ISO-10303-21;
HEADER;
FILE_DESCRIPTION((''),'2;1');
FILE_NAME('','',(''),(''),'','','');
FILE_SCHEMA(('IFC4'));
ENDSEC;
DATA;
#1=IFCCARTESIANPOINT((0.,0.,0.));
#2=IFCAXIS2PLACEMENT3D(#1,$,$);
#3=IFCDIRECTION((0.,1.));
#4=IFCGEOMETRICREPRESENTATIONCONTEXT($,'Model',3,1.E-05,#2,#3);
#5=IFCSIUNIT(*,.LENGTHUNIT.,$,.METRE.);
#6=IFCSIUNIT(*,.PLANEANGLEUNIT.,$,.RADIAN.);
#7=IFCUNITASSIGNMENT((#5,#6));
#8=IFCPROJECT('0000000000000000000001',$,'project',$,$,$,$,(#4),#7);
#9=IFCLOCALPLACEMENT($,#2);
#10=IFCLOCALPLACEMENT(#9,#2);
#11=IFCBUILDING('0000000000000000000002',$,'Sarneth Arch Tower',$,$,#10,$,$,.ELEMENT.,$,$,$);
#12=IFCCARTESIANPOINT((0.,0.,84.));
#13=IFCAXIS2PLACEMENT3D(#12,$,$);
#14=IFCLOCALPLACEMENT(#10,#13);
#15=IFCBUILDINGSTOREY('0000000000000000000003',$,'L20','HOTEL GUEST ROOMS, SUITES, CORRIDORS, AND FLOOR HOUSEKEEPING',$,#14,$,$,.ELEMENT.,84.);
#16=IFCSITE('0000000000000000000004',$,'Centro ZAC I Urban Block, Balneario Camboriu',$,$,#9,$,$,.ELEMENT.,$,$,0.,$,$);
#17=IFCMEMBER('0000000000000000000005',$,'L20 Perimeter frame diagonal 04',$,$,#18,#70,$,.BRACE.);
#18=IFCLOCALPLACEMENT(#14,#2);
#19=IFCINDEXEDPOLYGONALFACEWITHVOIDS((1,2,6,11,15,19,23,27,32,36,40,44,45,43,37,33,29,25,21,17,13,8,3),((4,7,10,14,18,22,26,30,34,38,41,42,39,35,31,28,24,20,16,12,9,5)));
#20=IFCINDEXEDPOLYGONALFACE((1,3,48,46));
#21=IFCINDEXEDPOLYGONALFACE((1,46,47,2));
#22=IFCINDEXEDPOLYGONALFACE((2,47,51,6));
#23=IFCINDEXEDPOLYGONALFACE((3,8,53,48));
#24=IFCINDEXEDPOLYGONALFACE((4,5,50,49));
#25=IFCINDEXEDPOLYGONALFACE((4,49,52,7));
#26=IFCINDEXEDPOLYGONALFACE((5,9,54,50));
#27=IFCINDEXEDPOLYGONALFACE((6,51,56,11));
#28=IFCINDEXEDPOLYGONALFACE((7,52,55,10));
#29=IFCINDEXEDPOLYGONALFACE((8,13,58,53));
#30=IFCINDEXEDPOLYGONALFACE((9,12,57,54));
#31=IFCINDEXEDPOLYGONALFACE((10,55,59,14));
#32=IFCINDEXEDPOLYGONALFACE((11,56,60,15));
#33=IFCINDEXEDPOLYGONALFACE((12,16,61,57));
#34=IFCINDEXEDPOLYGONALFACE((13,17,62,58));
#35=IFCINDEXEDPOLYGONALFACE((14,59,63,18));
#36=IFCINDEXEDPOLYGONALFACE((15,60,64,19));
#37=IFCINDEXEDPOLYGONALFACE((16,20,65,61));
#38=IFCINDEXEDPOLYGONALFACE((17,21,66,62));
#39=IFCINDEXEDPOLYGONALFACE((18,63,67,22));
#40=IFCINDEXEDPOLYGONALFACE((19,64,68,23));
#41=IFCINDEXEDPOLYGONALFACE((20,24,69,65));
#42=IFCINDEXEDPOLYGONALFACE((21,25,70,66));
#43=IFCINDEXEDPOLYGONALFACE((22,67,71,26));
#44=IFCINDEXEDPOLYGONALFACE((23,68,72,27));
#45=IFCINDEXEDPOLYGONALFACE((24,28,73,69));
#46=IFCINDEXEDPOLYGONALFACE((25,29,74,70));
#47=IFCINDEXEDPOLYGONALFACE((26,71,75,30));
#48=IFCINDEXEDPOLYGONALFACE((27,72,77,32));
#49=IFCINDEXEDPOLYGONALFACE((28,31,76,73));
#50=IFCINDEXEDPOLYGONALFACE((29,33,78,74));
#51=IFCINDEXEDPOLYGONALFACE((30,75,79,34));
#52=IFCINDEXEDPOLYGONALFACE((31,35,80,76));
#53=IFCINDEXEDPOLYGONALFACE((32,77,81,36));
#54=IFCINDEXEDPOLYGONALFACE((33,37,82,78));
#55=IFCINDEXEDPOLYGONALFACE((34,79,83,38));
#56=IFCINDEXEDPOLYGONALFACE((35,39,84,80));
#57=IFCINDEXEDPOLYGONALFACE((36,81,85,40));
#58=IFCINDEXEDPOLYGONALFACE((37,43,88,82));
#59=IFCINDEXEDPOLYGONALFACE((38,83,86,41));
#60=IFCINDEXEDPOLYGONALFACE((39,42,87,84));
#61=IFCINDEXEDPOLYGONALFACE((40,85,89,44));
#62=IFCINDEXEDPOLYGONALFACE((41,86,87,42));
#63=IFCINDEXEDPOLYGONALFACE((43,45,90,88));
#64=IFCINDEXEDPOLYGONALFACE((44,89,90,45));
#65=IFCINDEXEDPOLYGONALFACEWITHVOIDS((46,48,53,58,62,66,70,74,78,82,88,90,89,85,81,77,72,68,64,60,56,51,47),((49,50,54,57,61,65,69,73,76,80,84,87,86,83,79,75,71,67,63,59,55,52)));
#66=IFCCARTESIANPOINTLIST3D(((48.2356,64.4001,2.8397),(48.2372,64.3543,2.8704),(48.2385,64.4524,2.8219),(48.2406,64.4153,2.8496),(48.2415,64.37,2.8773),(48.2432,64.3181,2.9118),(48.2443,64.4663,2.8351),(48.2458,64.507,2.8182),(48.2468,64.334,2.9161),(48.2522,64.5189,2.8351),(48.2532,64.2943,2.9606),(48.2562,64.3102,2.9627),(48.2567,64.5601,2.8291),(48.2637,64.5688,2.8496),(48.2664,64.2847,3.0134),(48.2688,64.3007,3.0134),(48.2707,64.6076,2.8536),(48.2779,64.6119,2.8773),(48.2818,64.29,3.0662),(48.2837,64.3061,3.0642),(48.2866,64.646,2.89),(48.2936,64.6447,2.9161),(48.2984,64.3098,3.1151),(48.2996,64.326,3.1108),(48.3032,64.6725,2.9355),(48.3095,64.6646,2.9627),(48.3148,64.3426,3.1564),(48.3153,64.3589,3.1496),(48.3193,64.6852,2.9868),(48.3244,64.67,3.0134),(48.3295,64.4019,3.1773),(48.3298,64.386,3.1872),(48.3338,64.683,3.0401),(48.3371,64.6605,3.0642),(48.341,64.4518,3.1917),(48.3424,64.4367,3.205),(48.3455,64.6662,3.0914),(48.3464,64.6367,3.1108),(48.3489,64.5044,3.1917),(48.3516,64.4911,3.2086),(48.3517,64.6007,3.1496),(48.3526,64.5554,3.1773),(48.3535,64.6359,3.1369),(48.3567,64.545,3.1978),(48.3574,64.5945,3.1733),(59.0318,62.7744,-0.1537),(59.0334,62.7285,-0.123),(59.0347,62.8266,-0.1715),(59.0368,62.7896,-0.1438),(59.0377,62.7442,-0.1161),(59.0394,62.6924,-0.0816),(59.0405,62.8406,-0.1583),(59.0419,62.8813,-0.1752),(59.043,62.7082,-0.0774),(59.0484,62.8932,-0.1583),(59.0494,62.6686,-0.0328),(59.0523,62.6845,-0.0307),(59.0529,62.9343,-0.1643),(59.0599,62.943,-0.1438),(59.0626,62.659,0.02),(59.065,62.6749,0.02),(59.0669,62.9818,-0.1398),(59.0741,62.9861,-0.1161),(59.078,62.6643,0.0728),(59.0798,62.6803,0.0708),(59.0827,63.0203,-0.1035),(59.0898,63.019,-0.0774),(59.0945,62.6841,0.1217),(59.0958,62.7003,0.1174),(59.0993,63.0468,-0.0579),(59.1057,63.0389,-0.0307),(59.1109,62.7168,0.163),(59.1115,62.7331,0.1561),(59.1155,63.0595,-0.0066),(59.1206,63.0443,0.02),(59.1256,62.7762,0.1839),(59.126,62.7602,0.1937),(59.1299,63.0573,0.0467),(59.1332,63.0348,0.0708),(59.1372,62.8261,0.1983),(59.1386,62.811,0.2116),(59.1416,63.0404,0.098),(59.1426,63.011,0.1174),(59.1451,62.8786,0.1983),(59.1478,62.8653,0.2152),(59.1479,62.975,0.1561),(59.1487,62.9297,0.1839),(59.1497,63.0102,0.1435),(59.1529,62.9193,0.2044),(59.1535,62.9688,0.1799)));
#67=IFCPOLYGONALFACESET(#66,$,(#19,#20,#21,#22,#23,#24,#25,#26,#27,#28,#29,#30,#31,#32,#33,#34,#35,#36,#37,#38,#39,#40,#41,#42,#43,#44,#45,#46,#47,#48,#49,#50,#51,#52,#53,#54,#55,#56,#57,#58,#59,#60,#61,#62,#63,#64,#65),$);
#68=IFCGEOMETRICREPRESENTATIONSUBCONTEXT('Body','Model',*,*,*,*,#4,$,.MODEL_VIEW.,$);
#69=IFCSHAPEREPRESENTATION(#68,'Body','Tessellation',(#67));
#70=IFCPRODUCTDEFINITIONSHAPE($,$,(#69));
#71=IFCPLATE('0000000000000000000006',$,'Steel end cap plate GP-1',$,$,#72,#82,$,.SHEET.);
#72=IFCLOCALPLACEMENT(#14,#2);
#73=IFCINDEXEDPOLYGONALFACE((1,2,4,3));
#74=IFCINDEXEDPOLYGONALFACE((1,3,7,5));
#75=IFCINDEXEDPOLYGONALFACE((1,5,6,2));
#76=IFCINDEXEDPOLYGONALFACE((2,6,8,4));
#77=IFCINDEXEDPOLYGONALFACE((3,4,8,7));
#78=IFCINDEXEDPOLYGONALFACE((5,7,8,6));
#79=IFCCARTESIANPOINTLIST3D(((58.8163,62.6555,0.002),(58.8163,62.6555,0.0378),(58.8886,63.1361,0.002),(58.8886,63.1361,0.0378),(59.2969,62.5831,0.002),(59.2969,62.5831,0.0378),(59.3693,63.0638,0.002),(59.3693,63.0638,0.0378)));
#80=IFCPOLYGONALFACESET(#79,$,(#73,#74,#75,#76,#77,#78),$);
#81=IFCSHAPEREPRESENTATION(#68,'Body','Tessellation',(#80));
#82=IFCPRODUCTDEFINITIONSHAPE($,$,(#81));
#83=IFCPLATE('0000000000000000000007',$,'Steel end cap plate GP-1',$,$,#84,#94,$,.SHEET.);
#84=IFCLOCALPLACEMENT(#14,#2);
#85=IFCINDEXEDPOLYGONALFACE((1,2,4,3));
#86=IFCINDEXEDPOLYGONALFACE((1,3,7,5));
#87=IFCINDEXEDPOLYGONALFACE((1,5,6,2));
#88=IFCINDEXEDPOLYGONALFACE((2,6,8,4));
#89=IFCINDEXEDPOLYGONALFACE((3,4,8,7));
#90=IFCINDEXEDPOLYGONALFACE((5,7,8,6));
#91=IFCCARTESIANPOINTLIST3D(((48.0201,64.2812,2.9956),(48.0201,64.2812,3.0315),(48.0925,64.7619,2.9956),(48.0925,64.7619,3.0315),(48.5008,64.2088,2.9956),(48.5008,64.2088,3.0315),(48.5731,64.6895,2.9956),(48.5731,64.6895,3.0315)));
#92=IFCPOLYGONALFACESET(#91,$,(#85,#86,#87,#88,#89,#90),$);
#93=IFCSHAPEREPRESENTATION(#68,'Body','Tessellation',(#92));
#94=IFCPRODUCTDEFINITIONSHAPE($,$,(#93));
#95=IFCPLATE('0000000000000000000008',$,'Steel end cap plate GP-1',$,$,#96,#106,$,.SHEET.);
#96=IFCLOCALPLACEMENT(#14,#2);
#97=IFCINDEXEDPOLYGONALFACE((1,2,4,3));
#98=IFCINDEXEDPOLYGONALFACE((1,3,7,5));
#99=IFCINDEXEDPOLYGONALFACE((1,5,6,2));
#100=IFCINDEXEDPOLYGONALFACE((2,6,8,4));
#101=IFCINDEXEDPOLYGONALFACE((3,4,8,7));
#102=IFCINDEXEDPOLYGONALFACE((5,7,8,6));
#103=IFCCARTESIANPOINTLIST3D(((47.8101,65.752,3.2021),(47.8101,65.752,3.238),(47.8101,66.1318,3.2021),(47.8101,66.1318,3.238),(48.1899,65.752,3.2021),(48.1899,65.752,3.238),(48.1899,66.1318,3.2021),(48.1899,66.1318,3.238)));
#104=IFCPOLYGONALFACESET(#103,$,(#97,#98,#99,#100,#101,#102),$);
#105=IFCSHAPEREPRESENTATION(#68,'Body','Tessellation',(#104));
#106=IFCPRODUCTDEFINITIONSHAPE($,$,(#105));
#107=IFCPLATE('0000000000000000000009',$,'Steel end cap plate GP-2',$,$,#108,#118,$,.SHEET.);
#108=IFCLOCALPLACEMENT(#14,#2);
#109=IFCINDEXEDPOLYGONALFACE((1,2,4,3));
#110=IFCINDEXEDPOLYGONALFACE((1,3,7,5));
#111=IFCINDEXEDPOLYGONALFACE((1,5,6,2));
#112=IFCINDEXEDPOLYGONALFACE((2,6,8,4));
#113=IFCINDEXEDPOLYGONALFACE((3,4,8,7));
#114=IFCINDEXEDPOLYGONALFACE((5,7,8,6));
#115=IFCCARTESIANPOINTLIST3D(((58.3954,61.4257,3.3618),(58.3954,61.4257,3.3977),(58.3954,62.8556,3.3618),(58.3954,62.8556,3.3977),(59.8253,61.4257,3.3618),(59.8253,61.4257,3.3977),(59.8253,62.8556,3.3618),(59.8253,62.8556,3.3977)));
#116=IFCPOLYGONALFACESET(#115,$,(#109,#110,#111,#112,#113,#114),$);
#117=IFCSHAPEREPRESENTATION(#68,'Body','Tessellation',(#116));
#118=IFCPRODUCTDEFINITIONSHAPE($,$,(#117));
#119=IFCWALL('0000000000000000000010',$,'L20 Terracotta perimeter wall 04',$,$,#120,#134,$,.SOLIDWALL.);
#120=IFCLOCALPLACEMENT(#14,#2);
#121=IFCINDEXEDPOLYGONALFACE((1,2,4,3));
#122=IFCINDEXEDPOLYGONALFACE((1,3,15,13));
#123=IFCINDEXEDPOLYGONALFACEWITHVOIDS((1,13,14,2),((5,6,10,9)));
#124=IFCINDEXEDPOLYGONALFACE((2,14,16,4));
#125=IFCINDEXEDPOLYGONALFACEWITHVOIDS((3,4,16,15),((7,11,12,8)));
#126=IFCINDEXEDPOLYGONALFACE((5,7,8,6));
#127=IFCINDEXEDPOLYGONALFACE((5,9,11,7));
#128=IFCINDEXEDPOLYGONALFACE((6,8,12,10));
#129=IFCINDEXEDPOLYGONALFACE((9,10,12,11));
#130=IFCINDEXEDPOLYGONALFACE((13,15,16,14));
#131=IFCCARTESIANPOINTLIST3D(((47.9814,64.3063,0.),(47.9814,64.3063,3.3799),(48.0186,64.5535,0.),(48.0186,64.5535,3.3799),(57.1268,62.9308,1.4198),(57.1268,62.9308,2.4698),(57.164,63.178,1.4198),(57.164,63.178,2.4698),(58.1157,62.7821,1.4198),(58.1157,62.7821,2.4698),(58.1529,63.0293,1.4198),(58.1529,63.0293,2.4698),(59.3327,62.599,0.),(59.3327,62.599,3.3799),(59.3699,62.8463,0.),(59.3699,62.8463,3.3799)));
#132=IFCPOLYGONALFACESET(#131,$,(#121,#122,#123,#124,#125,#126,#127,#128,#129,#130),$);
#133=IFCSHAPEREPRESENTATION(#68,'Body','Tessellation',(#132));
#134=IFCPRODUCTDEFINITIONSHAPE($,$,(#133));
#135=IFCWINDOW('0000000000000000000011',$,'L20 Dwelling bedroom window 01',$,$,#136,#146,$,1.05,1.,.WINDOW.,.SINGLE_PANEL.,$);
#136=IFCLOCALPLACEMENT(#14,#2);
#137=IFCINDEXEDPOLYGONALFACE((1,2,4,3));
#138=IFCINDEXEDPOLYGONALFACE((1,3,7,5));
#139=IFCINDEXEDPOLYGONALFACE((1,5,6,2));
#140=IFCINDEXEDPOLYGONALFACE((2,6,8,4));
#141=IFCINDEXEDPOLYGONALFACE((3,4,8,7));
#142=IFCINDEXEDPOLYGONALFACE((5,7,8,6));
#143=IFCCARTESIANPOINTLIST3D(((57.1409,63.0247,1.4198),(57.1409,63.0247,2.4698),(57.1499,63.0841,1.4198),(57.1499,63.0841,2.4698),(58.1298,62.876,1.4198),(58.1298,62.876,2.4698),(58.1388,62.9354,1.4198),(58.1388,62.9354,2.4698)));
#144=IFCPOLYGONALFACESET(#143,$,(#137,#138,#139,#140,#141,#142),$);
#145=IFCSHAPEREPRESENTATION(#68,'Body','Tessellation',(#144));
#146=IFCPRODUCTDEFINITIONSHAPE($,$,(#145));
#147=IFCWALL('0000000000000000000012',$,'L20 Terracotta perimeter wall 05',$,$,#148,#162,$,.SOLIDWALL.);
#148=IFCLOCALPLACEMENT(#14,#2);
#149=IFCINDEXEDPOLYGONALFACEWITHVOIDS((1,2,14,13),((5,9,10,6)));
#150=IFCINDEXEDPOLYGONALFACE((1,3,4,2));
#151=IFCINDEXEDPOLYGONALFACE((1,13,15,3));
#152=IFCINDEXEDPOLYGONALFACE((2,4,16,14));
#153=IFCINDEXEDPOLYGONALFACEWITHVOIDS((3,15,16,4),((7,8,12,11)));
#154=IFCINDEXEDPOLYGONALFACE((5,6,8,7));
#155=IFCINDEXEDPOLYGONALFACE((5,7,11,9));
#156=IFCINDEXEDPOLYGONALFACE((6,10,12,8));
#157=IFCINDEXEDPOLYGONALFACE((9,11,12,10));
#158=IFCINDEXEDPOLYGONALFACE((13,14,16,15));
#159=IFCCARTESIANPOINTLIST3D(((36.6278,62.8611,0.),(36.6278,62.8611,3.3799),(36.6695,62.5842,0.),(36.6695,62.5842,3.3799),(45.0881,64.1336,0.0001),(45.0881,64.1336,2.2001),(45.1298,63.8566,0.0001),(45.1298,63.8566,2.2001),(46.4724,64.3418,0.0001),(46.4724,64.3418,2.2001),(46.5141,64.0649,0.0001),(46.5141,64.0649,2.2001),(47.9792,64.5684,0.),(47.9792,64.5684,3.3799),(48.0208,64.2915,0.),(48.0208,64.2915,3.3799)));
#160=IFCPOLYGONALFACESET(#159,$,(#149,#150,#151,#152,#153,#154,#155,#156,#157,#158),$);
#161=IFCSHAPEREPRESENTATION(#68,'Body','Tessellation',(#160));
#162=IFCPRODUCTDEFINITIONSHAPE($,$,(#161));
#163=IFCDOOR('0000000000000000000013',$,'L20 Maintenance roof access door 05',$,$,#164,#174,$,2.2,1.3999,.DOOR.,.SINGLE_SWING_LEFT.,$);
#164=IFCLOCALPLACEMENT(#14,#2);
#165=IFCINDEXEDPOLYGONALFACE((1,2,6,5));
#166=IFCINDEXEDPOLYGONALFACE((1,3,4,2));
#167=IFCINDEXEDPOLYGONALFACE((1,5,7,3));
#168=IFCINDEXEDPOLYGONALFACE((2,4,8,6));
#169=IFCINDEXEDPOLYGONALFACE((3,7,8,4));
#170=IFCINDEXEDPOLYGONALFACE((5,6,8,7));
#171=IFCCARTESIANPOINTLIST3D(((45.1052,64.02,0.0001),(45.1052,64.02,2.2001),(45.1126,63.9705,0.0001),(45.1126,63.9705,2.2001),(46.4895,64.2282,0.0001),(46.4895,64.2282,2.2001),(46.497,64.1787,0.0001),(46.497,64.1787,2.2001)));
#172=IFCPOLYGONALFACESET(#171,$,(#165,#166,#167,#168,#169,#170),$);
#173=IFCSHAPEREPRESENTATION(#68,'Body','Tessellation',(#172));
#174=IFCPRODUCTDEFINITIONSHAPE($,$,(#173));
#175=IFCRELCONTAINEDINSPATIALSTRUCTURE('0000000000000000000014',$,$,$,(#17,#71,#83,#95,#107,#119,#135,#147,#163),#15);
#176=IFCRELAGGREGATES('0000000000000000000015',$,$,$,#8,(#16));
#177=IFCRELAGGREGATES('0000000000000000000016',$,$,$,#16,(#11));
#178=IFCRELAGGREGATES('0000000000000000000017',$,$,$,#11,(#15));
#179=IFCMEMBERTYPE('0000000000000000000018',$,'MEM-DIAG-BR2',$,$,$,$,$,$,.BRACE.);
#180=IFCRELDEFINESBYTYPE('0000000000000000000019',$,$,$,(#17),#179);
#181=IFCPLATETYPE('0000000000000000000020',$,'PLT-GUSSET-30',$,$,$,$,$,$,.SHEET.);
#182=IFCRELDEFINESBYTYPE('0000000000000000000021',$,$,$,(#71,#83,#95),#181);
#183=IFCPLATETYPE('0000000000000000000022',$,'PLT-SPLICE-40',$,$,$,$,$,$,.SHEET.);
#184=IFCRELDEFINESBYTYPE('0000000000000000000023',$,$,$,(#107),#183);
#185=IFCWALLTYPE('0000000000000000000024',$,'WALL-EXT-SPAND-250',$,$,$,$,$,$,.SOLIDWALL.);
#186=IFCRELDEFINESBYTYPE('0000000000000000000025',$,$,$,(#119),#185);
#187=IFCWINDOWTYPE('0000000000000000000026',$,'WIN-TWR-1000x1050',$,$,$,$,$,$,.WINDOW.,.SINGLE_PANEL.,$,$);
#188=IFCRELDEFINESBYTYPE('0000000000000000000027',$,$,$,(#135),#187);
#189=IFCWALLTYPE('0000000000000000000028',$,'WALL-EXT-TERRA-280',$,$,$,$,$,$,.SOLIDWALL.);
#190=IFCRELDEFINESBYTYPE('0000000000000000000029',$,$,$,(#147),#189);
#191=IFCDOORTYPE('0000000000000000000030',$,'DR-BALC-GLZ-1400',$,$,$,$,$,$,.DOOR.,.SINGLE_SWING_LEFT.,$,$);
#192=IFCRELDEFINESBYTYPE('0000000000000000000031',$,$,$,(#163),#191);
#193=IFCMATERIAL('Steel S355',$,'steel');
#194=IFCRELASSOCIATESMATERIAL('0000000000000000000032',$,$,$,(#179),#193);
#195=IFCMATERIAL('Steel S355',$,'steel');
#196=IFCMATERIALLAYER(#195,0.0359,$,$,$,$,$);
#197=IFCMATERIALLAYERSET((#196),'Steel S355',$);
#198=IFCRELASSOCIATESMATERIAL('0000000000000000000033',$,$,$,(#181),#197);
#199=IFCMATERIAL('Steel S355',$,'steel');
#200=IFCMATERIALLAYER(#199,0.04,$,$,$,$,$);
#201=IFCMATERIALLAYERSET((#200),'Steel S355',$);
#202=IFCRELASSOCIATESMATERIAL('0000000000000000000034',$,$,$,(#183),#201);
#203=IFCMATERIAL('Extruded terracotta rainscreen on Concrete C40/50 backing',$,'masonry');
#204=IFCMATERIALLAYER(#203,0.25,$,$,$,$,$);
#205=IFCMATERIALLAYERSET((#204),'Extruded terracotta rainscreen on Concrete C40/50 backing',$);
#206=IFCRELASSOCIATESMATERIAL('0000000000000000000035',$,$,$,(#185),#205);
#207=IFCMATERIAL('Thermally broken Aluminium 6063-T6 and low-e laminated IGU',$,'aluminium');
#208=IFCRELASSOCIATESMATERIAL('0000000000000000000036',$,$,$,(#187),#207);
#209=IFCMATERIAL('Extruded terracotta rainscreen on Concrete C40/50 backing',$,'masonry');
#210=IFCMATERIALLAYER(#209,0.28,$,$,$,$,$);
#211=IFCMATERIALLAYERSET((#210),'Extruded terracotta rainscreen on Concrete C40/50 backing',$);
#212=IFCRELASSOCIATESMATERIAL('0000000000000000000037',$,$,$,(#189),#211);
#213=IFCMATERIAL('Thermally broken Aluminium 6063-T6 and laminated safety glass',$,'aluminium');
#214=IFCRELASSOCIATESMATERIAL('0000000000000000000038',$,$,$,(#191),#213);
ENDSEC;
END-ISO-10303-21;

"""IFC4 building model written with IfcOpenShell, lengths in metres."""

from ifc_helpers import new_model, si_unit, direction, frame, frame_2d, origin, origin_2d, place, context, subcontext, project, spatial, rectangle, hollow_circle, extrude, material, layer, layer_set, material_profile, profile_set, type_object, element, fill, save


model = new_model("IFC4")

# Units and contexts
model_context = context("Model", 3, precision=1e-05, world=origin(), true_north=direction((0.0, 1.0)))
body_context = subcontext(model_context, "Body", "Model", "MODEL_VIEW")
ifc_project = project(units=[si_unit("LENGTHUNIT", "METRE"), si_unit("PLANEANGLEUNIT", "RADIAN")], contexts=[model_context])

# Site, building, storey
site_placement = place(None, origin())
site = spatial("IfcSite", under=ifc_project, at=site_placement, Name="Centro ZAC I Urban Block, Balneario Camboriu", CompositionType="ELEMENT", RefElevation=0.0)
building_placement = place(site_placement, origin())
building = spatial("IfcBuilding", under=site, at=building_placement, Name="Sarneth Arch Tower", CompositionType="ELEMENT")
storey_placement = place(building_placement, frame((0.0, 0.0, 84.0)))
storey = spatial("IfcBuildingStorey", under=building, at=storey_placement, Name="L20", Description="HOTEL GUEST ROOMS, SUITES, CORRIDORS, AND FLOOR HOUSEKEEPING", CompositionType="ELEMENT", Elevation=84.0)

# Member
ifc_material_1 = material(Name="Steel S355", Category="steel")
ifc_material_profile_1 = material_profile(ifc_material_1, hollow_circle(Radius=0.2029, WallThickness=0.0161, at=origin_2d()), Name="CHS406x16")
ifc_profile_set_1 = profile_set([ifc_material_profile_1], Name="Steel S355")
member_type_1 = type_object("IfcMemberType", Name="MEM-DIAG-BR2", PredefinedType="BRACE", material=ifc_profile_set_1)
member_1_placement = place(storey_placement, frame((59.0928, 62.8596, 0.02), z_axis=(-0.953657, 0.143606, 0.264417), x_axis=(-0.148906, -0.988851, 0.0)))
element("IfcMember", 1, at=member_1_placement, inside=storey, type_object=member_type_1, Name="L20 Perimeter frame diagonal 04", PredefinedType="BRACE", context=body_context, shape_type="SweptSolid", body=[
    extrude(hollow_circle(Radius=0.2029, WallThickness=0.0161, at=origin_2d()), origin(), (0.0, 0.0, 1.0), 11.3208),
])

# Plates
ifc_material_2 = material(Name="Steel S355", Category="steel")
ifc_layer_1 = layer(ifc_material_2, 0.0359)
ifc_layer_set_1 = layer_set([ifc_layer_1], Name="Steel S355")
plate_type_1 = type_object("IfcPlateType", Name="PLT-GUSSET-30", PredefinedType="SHEET", material=ifc_layer_set_1)
for number, where, z_axis, x_axis, name in (
    (2, (59.0928, 62.8596, 0.002), (0.0, 0.0, 1.0), (-0.988861, 0.148845, 0.0), "Steel end cap plate GP-1"),
    (3, (48.2966, 64.4854, 2.9956), (0.0, 0.0, 1.0), (-0.988861, 0.148845, 0.0), "Steel end cap plate GP-1"),
):
    element("IfcPlate", number, at=place(storey_placement, frame(where, z_axis=z_axis, x_axis=x_axis)), inside=storey, type_object=plate_type_1, Name=name, PredefinedType="SHEET", context=body_context, shape_type="SweptSolid", body=[
        extrude(rectangle(XDim=0.4861, YDim=0.4861, at=origin_2d()), origin(), (0.0, 0.0, 1.0), 0.0359),
    ])
plate_1_placement = place(storey_placement, frame((48.0, 65.9419, 3.2021), z_axis=(0.0, 0.0, 1.0), x_axis=(0.0, 1.0, 0.0)))
element("IfcPlate", 4, at=plate_1_placement, inside=storey, type_object=plate_type_1, Name="Steel end cap plate GP-1", PredefinedType="SHEET", context=body_context, shape_type="SweptSolid", body=[
    extrude(rectangle(XDim=0.3799, YDim=0.3799, at=origin_2d()), origin(), (0.0, 0.0, 1.0), 0.0359),
])
ifc_material_3 = material(Name="Steel S355", Category="steel")
ifc_layer_2 = layer(ifc_material_3, 0.04)
ifc_layer_set_2 = layer_set([ifc_layer_2], Name="Steel S355")
plate_type_2 = type_object("IfcPlateType", Name="PLT-SPLICE-40", PredefinedType="SHEET", material=ifc_layer_set_2)
plate_2_placement = place(storey_placement, frame((59.1104, 62.1406, 3.3618), z_axis=(0.0, 0.0, 1.0), x_axis=(1.0, 0.0, 0.0)))
element("IfcPlate", 5, at=plate_2_placement, inside=storey, type_object=plate_type_2, Name="Steel end cap plate GP-2", PredefinedType="SHEET", context=body_context, shape_type="SweptSolid", body=[
    extrude(rectangle(XDim=1.4299, YDim=1.4299, at=origin_2d()), origin(), (0.0, 0.0, 1.0), 0.0359),
])

# Wall, opening, window
ifc_material_4 = material(Name="Extruded terracotta rainscreen on Concrete C40/50 backing", Category="masonry")
ifc_layer_3 = layer(ifc_material_4, 0.25)
ifc_layer_set_3 = layer_set([ifc_layer_3], Name="Extruded terracotta rainscreen on Concrete C40/50 backing")
wall_type_1 = type_object("IfcWallType", Name="WALL-EXT-SPAND-250", PredefinedType="SOLIDWALL", material=ifc_layer_set_3)
wall_1_placement = place(storey_placement, frame((59.3513, 62.7227, 0.0), z_axis=(0.0, 0.0, 1.0), x_axis=(-0.988878, 0.14873, 0.0)))
wall_1 = element("IfcWall", 6, at=wall_1_placement, inside=storey, type_object=wall_type_1, Name="L20 Terracotta perimeter wall 04", PredefinedType="SOLIDWALL", context=body_context, shape_type="SweptSolid", body=[
    extrude(rectangle(XDim=11.479, YDim=0.25, at=frame_2d((5.7395, 0.0))), origin(), (0.0, 0.0, 1.0), 3.3799),
])
opening_1_placement = place(wall_1_placement, frame((1.2307, 0.0, 1.4199)))
opening_1 = element("IfcOpeningElement", 7, at=opening_1_placement, cuts=wall_1, PredefinedType="OPENING", context=body_context, shape_type="SweptSolid", body=[
    extrude(rectangle(XDim=1.0, YDim=1.05, at=frame_2d((0.5, 0.5249))), frame((0.0, 0.135, 0.0), z_axis=(0.0, -1.0, 0.0), x_axis=(1.0, 0.0, 0.0)), (0.0, 0.0, 1.0), 0.27),
])
ifc_material_5 = material(Name="Thermally broken Aluminium 6063-T6 and low-e laminated IGU", Category="aluminium")
window_type = type_object("IfcWindowType", Name="WIN-TWR-1000x1050", PartitioningType="SINGLE_PANEL", PredefinedType="WINDOW", material=ifc_material_5)
window_placement = place(opening_1_placement, origin())
window = element("IfcWindow", 8, at=window_placement, inside=storey, type_object=window_type, Name="L20 Dwelling bedroom window 01", OverallHeight=1.05, OverallWidth=1.0, PartitioningType="SINGLE_PANEL", PredefinedType="WINDOW", context=body_context, shape_type="SweptSolid", body=[
    extrude(rectangle(XDim=1.0, YDim=1.05, at=frame_2d((0.5, 0.5249))), frame((0.0, 0.03, 0.0), z_axis=(0.0, -1.0, 0.0), x_axis=(1.0, 0.0, 0.0)), (0.0, 0.0, 1.0), 0.0601),
])
fill(opening_1, window)

# Wall, opening, door
ifc_material_6 = material(Name="Extruded terracotta rainscreen on Concrete C40/50 backing", Category="masonry")
ifc_layer_4 = layer(ifc_material_6, 0.28)
ifc_layer_set_4 = layer_set([ifc_layer_4], Name="Extruded terracotta rainscreen on Concrete C40/50 backing")
wall_type_2 = type_object("IfcWallType", Name="WALL-EXT-TERRA-280", PredefinedType="SOLIDWALL", material=ifc_layer_set_4)
wall_2_placement = place(storey_placement, frame((48.0, 64.4299, 0.0), z_axis=(0.0, 0.0, 1.0), x_axis=(-0.988878, -0.14873, 0.0)))
wall_2 = element("IfcWall", 9, at=wall_2_placement, inside=storey, type_object=wall_type_2, Name="L20 Terracotta perimeter wall 05", PredefinedType="SOLIDWALL", context=body_context, shape_type="SweptSolid", body=[
    extrude(rectangle(XDim=11.479, YDim=0.28, at=frame_2d((5.7395, 0.0))), origin(), (0.0, 0.0, 1.0), 3.3799),
])
opening_2_placement = place(wall_2_placement, frame((1.5237, 0.0, 0.0)))
opening_2 = element("IfcOpeningElement", 10, at=opening_2_placement, cuts=wall_2, PredefinedType="OPENING", context=body_context, shape_type="SweptSolid", body=[
    extrude(rectangle(XDim=1.3999, YDim=2.2, at=frame_2d((0.7, 1.1001))), frame((0.0, 0.1499, 0.0), z_axis=(0.0, -1.0, 0.0), x_axis=(1.0, 0.0, 0.0)), (0.0, 0.0, 1.0), 0.3),
])
ifc_material_7 = material(Name="Thermally broken Aluminium 6063-T6 and laminated safety glass", Category="aluminium")
door_type_1 = type_object("IfcDoorType", Name="DR-BALC-GLZ-1400", OperationType="SINGLE_SWING_LEFT", PredefinedType="DOOR", material=ifc_material_7)
door_1_placement = place(opening_2_placement, origin())
door_1 = element("IfcDoor", 11, at=door_1_placement, inside=storey, type_object=door_type_1, Name="L20 Maintenance roof access door 05", OperationType="SINGLE_SWING_LEFT", OverallHeight=2.2, OverallWidth=1.3999, PredefinedType="DOOR", context=body_context, shape_type="SweptSolid", body=[
    extrude(rectangle(XDim=1.3999, YDim=2.2, at=frame_2d((0.7, 1.1001))), frame((0.0, 0.0249, 0.0), z_axis=(0.0, -1.0, 0.0), x_axis=(1.0, 0.0, 0.0)), (0.0, 0.0, 1.0), 0.05),
])
fill(opening_2, door_1)

save(model, "model.ifc")
